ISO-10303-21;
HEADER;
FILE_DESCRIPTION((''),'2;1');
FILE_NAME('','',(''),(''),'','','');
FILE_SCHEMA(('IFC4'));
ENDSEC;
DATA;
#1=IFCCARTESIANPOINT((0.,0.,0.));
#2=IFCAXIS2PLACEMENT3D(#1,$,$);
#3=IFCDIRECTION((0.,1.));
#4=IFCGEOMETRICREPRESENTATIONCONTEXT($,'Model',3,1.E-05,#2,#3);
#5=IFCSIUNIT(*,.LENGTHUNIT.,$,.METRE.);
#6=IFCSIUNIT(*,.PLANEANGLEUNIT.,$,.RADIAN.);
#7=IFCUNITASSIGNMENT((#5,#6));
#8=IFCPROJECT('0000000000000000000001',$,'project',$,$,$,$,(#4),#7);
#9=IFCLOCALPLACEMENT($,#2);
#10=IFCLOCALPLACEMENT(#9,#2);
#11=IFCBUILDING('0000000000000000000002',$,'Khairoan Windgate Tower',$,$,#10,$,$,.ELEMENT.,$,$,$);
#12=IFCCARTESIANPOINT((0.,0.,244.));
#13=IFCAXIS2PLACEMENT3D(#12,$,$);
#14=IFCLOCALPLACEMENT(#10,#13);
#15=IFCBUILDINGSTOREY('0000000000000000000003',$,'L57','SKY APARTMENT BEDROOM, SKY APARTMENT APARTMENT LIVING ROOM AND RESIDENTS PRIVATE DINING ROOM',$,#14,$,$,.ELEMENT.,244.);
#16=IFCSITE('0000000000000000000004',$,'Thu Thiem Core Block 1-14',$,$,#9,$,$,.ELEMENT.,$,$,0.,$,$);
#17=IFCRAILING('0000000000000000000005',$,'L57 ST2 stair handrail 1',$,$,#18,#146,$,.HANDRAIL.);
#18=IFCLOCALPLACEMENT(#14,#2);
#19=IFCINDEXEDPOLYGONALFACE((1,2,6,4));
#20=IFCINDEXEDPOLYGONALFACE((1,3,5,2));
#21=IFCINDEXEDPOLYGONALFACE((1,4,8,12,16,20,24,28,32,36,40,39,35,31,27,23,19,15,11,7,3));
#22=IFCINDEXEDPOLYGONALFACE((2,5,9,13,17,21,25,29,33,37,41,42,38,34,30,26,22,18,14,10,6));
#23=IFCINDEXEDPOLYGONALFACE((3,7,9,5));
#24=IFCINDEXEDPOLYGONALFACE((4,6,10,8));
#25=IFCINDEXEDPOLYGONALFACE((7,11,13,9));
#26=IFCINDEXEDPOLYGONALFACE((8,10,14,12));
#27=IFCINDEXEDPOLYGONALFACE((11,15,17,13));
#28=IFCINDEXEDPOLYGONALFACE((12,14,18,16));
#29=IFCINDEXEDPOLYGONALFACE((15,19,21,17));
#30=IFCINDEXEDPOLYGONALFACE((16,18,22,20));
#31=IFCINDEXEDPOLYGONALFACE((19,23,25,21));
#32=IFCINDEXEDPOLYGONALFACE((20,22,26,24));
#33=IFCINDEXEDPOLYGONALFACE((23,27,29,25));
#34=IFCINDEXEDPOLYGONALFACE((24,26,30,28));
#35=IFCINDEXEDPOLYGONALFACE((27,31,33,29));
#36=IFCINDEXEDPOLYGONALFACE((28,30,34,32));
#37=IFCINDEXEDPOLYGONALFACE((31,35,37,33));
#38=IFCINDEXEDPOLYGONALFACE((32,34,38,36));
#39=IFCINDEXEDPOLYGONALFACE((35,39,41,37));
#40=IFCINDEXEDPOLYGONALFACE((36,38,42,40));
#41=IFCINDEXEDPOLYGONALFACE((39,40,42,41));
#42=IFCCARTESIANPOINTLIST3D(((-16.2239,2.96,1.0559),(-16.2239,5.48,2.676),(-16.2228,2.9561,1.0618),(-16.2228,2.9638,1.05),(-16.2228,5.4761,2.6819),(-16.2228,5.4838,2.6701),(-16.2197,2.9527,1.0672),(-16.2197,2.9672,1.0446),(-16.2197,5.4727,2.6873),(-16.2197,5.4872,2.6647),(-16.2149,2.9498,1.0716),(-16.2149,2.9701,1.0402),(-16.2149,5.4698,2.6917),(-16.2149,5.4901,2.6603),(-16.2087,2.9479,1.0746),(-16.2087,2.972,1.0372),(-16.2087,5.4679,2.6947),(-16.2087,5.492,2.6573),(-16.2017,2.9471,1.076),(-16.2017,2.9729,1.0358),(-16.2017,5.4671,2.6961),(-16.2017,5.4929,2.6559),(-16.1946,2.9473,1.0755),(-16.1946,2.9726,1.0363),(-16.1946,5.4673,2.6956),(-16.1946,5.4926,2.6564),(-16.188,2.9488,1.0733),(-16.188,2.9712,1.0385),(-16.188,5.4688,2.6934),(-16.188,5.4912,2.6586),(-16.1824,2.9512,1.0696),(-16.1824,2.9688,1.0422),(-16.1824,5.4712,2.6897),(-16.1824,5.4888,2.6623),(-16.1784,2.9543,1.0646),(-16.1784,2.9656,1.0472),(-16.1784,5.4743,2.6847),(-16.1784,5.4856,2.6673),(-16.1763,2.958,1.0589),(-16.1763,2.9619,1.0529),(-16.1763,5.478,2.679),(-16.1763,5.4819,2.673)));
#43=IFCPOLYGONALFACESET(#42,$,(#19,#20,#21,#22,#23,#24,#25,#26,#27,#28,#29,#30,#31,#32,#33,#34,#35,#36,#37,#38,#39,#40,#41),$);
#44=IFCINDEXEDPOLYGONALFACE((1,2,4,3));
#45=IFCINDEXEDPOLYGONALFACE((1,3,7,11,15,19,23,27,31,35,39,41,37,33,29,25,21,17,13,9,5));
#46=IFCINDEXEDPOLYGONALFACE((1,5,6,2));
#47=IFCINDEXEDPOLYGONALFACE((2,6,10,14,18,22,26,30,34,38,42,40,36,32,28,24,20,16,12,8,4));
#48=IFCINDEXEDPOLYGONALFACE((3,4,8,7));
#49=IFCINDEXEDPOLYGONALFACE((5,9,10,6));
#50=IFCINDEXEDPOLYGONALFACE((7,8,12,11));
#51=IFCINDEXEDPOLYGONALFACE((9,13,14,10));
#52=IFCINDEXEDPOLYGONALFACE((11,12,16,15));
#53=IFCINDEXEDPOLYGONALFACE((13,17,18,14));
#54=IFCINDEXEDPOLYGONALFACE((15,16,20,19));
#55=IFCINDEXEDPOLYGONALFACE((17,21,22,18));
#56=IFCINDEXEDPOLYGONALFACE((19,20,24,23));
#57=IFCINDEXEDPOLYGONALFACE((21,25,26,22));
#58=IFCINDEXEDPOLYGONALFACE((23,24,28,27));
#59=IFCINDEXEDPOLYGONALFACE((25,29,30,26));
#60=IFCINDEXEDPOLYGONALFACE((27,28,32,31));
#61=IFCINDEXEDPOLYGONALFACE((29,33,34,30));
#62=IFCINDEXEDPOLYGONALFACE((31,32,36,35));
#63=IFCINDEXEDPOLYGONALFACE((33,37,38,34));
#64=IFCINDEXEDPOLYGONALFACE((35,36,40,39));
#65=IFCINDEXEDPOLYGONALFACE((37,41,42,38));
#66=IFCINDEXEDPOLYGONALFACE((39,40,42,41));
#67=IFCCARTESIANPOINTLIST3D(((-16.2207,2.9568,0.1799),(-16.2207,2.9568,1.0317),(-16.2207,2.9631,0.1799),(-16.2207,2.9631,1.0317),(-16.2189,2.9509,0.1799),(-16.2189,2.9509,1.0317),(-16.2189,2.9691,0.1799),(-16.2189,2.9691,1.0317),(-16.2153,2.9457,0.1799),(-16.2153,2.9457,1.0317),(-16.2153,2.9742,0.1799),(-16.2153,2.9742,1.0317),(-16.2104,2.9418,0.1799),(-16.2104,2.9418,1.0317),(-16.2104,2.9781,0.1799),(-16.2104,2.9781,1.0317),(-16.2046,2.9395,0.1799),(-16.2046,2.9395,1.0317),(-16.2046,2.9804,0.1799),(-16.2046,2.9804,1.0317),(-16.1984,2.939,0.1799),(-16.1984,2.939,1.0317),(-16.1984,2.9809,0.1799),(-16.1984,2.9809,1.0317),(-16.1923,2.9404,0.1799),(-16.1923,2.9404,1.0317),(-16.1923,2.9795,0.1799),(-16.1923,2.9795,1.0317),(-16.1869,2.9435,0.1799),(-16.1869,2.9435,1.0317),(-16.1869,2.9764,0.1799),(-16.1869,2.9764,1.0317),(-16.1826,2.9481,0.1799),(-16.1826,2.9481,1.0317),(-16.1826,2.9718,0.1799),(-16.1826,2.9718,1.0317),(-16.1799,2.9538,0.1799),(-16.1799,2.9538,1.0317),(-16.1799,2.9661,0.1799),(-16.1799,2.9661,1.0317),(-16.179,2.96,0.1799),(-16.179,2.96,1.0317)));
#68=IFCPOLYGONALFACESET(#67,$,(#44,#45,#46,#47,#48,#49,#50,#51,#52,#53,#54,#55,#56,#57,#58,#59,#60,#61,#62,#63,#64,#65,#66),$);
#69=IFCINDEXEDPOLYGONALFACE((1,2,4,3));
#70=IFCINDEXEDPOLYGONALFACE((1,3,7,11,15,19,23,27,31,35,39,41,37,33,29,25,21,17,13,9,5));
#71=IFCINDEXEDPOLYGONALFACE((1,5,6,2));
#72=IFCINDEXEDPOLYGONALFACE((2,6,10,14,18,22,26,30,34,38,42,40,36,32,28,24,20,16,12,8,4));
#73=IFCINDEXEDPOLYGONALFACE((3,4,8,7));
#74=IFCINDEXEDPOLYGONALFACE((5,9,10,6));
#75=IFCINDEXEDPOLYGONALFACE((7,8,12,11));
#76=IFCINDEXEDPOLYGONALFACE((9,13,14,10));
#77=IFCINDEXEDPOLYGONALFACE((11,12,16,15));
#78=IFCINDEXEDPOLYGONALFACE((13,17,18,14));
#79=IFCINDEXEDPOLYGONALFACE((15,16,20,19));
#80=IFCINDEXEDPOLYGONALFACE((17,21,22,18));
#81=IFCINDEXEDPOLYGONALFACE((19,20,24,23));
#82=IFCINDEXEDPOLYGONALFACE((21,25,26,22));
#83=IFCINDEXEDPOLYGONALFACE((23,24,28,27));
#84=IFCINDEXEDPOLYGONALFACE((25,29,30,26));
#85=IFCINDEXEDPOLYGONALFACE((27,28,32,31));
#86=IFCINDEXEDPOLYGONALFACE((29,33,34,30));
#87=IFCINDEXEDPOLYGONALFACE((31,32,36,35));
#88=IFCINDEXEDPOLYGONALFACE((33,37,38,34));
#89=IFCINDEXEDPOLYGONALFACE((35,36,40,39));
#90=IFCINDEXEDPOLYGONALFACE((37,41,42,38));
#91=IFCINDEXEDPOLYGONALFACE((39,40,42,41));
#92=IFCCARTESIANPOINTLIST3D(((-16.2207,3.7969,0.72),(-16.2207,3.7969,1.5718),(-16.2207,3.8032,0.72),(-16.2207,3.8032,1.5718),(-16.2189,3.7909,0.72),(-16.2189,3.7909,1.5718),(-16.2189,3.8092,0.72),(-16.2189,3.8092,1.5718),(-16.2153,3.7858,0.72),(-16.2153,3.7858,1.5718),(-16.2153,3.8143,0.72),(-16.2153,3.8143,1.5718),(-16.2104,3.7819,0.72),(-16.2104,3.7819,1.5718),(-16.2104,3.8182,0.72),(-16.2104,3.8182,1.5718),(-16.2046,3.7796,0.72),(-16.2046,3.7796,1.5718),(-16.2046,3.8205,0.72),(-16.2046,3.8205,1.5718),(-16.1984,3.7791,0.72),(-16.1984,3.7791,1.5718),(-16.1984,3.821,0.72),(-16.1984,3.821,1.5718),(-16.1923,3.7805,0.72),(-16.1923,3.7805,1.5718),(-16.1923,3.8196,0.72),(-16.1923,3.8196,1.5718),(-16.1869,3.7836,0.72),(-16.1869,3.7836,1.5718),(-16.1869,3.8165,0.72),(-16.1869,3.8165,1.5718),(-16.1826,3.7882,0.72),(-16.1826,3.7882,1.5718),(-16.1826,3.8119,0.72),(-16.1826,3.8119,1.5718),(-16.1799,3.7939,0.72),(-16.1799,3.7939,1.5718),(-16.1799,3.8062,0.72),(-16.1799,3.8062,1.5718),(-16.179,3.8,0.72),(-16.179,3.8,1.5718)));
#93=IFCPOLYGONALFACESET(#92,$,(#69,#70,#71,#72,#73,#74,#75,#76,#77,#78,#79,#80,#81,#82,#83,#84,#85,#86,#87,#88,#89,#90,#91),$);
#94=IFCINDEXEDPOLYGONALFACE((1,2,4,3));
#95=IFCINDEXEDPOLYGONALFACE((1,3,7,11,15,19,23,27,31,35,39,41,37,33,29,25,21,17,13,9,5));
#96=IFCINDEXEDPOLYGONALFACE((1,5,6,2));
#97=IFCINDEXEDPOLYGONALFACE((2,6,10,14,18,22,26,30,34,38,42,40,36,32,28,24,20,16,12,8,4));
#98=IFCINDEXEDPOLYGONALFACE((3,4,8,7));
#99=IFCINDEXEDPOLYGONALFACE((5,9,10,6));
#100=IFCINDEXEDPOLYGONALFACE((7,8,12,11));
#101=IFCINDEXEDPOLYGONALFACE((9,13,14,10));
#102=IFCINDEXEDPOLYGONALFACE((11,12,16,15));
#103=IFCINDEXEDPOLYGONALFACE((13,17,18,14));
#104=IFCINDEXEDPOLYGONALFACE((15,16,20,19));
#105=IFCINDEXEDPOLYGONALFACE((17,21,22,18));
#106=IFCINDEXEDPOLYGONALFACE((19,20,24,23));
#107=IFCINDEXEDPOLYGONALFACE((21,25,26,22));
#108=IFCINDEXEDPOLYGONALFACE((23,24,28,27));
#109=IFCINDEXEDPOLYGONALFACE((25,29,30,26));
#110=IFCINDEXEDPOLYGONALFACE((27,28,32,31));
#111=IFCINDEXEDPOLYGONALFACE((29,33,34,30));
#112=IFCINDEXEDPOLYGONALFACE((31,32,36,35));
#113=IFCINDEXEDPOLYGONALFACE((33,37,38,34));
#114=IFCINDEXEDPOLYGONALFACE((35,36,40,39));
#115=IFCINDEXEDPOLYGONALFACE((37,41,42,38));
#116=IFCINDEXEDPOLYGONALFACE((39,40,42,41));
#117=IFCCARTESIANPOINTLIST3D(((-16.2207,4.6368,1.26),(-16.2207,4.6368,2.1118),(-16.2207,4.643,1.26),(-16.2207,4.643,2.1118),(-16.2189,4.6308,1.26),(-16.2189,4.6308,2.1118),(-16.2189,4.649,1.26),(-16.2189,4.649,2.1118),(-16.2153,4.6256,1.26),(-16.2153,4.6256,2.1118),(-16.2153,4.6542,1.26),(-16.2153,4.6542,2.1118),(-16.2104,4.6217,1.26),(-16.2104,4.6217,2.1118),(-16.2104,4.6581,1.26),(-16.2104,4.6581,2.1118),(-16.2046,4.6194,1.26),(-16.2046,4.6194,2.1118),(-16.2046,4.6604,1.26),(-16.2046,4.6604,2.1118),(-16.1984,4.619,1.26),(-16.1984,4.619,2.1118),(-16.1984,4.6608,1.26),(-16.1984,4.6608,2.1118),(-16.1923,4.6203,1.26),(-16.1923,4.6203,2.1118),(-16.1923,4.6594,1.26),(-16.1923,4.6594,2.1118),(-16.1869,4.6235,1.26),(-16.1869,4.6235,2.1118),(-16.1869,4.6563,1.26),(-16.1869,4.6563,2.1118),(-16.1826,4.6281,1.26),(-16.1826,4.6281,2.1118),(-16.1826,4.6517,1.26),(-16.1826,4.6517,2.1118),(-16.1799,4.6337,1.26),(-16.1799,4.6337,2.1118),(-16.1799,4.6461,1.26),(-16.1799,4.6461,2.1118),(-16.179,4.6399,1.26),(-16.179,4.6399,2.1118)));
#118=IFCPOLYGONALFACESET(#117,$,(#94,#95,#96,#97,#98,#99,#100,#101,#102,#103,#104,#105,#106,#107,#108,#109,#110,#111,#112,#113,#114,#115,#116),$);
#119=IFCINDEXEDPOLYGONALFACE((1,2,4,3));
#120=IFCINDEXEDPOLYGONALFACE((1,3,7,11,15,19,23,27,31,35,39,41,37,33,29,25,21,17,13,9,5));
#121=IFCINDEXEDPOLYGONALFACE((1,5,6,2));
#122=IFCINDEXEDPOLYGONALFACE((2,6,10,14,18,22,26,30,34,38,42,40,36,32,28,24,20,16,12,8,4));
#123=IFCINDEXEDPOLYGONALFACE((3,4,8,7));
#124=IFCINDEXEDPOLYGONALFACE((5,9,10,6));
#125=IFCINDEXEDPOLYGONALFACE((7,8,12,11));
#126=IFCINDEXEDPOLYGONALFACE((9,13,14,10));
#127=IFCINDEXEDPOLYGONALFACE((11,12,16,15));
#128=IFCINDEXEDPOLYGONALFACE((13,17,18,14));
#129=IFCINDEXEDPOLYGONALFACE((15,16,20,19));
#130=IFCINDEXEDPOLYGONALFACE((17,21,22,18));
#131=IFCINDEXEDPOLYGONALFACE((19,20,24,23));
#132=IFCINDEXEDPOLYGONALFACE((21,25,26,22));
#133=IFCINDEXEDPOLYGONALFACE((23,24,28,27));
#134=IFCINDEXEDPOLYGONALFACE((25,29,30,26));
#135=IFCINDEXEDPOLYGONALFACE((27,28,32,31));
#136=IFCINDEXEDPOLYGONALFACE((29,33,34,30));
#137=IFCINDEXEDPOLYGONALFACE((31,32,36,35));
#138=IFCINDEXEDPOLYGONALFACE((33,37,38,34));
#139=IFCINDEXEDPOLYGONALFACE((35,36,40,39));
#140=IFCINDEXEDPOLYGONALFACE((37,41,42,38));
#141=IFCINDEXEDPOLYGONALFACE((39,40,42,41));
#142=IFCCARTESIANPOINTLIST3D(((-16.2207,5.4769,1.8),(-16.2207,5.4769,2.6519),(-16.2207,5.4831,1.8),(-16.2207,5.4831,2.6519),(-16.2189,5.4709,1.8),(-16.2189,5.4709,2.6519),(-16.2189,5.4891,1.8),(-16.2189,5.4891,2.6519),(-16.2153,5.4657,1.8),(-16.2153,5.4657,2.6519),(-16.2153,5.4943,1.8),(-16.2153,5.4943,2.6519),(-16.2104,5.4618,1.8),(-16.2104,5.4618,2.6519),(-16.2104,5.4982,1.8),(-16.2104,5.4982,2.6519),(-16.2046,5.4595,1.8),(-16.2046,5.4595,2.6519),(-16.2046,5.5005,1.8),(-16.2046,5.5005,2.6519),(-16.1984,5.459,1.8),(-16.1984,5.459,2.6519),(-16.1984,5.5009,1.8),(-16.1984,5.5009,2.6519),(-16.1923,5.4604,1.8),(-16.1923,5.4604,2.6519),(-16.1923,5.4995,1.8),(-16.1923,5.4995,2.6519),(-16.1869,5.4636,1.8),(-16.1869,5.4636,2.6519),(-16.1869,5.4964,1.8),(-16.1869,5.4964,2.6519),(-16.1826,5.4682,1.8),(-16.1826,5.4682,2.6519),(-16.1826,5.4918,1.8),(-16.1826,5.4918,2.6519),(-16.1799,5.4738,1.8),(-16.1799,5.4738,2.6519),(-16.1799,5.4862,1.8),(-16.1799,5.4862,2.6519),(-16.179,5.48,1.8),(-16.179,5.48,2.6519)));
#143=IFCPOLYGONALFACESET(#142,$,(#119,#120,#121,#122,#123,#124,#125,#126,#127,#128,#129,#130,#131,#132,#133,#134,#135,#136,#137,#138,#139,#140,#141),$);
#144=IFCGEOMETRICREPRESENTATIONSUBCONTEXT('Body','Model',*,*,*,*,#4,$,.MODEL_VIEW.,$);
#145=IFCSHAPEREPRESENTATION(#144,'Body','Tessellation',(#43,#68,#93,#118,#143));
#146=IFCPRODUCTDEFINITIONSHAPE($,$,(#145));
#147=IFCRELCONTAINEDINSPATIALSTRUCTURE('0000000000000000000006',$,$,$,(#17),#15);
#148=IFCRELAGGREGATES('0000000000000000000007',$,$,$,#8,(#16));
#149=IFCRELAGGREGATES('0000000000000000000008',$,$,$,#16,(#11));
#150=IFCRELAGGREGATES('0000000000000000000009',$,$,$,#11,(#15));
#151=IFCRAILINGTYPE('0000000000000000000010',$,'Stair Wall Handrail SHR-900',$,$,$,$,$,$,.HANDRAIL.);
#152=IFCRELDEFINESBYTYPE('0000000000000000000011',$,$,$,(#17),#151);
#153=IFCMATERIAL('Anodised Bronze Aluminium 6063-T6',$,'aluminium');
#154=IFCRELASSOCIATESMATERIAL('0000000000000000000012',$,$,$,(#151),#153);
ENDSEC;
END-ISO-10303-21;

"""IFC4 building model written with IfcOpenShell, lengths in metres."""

from ifc_helpers import new_model, si_unit, direction, frame, origin, origin_2d, place, context, subcontext, project, spatial, circle, extrude, material, type_object, element, save


model = new_model("IFC4")

# Units and contexts
model_context = context("Model", 3, precision=1e-05, world=origin(), true_north=direction((0.0, 1.0)))
body_context = subcontext(model_context, "Body", "Model", "MODEL_VIEW")
ifc_project = project(units=[si_unit("LENGTHUNIT", "METRE"), si_unit("PLANEANGLEUNIT", "RADIAN")], contexts=[model_context])

# Site, building, storey
site_placement = place(None, origin())
site = spatial("IfcSite", under=ifc_project, at=site_placement, Name="Thu Thiem Core Block 1-14", CompositionType="ELEMENT", RefElevation=0.0)
building_placement = place(site_placement, origin())
building = spatial("IfcBuilding", under=site, at=building_placement, Name="Khairoan Windgate Tower", CompositionType="ELEMENT")
storey_placement = place(building_placement, frame((0.0, 0.0, 244.0)))
storey = spatial("IfcBuildingStorey", under=building, at=storey_placement, Name="L57", Description="SKY APARTMENT BEDROOM, SKY APARTMENT APARTMENT LIVING ROOM AND RESIDENTS PRIVATE DINING ROOM", CompositionType="ELEMENT", Elevation=244.0)

# Railing
ifc_material_1 = material(Name="Anodised Bronze Aluminium 6063-T6", Category="aluminium")
railing_type_1 = type_object("IfcRailingType", Name="Stair Wall Handrail SHR-900", PredefinedType="HANDRAIL", material=ifc_material_1)
railing_1_placement = place(storey_placement, frame((-16.2, 2.96, 0.1799)))
element("IfcRailing", 1, at=railing_1_placement, inside=storey, type_object=railing_type_1, Name="L57 ST2 stair handrail 1", PredefinedType="HANDRAIL", context=body_context, shape_type="SweptSolid", body=[
    extrude(circle(Radius=0.0239, at=origin_2d()), frame((0.0, 0.0, 0.876), z_axis=(0.0, 0.841163, 0.540782), x_axis=(-1.0, 0.0, 0.0)), (0.0, 0.0, 1.0), 2.9958),
    extrude(circle(Radius=0.021, at=origin_2d()), origin(), (0.0, 0.0, 1.0), 0.8518),
    extrude(circle(Radius=0.021, at=origin_2d()), frame((0.0, 0.8401, 0.54)), (0.0, 0.0, 1.0), 0.8518),
    extrude(circle(Radius=0.021, at=origin_2d()), frame((0.0, 1.6799, 1.0801)), (0.0, 0.0, 1.0), 0.8518),
    extrude(circle(Radius=0.021, at=origin_2d()), frame((0.0, 2.52, 1.6201)), (0.0, 0.0, 1.0), 0.8518),
])

save(model, "model.ifc")
